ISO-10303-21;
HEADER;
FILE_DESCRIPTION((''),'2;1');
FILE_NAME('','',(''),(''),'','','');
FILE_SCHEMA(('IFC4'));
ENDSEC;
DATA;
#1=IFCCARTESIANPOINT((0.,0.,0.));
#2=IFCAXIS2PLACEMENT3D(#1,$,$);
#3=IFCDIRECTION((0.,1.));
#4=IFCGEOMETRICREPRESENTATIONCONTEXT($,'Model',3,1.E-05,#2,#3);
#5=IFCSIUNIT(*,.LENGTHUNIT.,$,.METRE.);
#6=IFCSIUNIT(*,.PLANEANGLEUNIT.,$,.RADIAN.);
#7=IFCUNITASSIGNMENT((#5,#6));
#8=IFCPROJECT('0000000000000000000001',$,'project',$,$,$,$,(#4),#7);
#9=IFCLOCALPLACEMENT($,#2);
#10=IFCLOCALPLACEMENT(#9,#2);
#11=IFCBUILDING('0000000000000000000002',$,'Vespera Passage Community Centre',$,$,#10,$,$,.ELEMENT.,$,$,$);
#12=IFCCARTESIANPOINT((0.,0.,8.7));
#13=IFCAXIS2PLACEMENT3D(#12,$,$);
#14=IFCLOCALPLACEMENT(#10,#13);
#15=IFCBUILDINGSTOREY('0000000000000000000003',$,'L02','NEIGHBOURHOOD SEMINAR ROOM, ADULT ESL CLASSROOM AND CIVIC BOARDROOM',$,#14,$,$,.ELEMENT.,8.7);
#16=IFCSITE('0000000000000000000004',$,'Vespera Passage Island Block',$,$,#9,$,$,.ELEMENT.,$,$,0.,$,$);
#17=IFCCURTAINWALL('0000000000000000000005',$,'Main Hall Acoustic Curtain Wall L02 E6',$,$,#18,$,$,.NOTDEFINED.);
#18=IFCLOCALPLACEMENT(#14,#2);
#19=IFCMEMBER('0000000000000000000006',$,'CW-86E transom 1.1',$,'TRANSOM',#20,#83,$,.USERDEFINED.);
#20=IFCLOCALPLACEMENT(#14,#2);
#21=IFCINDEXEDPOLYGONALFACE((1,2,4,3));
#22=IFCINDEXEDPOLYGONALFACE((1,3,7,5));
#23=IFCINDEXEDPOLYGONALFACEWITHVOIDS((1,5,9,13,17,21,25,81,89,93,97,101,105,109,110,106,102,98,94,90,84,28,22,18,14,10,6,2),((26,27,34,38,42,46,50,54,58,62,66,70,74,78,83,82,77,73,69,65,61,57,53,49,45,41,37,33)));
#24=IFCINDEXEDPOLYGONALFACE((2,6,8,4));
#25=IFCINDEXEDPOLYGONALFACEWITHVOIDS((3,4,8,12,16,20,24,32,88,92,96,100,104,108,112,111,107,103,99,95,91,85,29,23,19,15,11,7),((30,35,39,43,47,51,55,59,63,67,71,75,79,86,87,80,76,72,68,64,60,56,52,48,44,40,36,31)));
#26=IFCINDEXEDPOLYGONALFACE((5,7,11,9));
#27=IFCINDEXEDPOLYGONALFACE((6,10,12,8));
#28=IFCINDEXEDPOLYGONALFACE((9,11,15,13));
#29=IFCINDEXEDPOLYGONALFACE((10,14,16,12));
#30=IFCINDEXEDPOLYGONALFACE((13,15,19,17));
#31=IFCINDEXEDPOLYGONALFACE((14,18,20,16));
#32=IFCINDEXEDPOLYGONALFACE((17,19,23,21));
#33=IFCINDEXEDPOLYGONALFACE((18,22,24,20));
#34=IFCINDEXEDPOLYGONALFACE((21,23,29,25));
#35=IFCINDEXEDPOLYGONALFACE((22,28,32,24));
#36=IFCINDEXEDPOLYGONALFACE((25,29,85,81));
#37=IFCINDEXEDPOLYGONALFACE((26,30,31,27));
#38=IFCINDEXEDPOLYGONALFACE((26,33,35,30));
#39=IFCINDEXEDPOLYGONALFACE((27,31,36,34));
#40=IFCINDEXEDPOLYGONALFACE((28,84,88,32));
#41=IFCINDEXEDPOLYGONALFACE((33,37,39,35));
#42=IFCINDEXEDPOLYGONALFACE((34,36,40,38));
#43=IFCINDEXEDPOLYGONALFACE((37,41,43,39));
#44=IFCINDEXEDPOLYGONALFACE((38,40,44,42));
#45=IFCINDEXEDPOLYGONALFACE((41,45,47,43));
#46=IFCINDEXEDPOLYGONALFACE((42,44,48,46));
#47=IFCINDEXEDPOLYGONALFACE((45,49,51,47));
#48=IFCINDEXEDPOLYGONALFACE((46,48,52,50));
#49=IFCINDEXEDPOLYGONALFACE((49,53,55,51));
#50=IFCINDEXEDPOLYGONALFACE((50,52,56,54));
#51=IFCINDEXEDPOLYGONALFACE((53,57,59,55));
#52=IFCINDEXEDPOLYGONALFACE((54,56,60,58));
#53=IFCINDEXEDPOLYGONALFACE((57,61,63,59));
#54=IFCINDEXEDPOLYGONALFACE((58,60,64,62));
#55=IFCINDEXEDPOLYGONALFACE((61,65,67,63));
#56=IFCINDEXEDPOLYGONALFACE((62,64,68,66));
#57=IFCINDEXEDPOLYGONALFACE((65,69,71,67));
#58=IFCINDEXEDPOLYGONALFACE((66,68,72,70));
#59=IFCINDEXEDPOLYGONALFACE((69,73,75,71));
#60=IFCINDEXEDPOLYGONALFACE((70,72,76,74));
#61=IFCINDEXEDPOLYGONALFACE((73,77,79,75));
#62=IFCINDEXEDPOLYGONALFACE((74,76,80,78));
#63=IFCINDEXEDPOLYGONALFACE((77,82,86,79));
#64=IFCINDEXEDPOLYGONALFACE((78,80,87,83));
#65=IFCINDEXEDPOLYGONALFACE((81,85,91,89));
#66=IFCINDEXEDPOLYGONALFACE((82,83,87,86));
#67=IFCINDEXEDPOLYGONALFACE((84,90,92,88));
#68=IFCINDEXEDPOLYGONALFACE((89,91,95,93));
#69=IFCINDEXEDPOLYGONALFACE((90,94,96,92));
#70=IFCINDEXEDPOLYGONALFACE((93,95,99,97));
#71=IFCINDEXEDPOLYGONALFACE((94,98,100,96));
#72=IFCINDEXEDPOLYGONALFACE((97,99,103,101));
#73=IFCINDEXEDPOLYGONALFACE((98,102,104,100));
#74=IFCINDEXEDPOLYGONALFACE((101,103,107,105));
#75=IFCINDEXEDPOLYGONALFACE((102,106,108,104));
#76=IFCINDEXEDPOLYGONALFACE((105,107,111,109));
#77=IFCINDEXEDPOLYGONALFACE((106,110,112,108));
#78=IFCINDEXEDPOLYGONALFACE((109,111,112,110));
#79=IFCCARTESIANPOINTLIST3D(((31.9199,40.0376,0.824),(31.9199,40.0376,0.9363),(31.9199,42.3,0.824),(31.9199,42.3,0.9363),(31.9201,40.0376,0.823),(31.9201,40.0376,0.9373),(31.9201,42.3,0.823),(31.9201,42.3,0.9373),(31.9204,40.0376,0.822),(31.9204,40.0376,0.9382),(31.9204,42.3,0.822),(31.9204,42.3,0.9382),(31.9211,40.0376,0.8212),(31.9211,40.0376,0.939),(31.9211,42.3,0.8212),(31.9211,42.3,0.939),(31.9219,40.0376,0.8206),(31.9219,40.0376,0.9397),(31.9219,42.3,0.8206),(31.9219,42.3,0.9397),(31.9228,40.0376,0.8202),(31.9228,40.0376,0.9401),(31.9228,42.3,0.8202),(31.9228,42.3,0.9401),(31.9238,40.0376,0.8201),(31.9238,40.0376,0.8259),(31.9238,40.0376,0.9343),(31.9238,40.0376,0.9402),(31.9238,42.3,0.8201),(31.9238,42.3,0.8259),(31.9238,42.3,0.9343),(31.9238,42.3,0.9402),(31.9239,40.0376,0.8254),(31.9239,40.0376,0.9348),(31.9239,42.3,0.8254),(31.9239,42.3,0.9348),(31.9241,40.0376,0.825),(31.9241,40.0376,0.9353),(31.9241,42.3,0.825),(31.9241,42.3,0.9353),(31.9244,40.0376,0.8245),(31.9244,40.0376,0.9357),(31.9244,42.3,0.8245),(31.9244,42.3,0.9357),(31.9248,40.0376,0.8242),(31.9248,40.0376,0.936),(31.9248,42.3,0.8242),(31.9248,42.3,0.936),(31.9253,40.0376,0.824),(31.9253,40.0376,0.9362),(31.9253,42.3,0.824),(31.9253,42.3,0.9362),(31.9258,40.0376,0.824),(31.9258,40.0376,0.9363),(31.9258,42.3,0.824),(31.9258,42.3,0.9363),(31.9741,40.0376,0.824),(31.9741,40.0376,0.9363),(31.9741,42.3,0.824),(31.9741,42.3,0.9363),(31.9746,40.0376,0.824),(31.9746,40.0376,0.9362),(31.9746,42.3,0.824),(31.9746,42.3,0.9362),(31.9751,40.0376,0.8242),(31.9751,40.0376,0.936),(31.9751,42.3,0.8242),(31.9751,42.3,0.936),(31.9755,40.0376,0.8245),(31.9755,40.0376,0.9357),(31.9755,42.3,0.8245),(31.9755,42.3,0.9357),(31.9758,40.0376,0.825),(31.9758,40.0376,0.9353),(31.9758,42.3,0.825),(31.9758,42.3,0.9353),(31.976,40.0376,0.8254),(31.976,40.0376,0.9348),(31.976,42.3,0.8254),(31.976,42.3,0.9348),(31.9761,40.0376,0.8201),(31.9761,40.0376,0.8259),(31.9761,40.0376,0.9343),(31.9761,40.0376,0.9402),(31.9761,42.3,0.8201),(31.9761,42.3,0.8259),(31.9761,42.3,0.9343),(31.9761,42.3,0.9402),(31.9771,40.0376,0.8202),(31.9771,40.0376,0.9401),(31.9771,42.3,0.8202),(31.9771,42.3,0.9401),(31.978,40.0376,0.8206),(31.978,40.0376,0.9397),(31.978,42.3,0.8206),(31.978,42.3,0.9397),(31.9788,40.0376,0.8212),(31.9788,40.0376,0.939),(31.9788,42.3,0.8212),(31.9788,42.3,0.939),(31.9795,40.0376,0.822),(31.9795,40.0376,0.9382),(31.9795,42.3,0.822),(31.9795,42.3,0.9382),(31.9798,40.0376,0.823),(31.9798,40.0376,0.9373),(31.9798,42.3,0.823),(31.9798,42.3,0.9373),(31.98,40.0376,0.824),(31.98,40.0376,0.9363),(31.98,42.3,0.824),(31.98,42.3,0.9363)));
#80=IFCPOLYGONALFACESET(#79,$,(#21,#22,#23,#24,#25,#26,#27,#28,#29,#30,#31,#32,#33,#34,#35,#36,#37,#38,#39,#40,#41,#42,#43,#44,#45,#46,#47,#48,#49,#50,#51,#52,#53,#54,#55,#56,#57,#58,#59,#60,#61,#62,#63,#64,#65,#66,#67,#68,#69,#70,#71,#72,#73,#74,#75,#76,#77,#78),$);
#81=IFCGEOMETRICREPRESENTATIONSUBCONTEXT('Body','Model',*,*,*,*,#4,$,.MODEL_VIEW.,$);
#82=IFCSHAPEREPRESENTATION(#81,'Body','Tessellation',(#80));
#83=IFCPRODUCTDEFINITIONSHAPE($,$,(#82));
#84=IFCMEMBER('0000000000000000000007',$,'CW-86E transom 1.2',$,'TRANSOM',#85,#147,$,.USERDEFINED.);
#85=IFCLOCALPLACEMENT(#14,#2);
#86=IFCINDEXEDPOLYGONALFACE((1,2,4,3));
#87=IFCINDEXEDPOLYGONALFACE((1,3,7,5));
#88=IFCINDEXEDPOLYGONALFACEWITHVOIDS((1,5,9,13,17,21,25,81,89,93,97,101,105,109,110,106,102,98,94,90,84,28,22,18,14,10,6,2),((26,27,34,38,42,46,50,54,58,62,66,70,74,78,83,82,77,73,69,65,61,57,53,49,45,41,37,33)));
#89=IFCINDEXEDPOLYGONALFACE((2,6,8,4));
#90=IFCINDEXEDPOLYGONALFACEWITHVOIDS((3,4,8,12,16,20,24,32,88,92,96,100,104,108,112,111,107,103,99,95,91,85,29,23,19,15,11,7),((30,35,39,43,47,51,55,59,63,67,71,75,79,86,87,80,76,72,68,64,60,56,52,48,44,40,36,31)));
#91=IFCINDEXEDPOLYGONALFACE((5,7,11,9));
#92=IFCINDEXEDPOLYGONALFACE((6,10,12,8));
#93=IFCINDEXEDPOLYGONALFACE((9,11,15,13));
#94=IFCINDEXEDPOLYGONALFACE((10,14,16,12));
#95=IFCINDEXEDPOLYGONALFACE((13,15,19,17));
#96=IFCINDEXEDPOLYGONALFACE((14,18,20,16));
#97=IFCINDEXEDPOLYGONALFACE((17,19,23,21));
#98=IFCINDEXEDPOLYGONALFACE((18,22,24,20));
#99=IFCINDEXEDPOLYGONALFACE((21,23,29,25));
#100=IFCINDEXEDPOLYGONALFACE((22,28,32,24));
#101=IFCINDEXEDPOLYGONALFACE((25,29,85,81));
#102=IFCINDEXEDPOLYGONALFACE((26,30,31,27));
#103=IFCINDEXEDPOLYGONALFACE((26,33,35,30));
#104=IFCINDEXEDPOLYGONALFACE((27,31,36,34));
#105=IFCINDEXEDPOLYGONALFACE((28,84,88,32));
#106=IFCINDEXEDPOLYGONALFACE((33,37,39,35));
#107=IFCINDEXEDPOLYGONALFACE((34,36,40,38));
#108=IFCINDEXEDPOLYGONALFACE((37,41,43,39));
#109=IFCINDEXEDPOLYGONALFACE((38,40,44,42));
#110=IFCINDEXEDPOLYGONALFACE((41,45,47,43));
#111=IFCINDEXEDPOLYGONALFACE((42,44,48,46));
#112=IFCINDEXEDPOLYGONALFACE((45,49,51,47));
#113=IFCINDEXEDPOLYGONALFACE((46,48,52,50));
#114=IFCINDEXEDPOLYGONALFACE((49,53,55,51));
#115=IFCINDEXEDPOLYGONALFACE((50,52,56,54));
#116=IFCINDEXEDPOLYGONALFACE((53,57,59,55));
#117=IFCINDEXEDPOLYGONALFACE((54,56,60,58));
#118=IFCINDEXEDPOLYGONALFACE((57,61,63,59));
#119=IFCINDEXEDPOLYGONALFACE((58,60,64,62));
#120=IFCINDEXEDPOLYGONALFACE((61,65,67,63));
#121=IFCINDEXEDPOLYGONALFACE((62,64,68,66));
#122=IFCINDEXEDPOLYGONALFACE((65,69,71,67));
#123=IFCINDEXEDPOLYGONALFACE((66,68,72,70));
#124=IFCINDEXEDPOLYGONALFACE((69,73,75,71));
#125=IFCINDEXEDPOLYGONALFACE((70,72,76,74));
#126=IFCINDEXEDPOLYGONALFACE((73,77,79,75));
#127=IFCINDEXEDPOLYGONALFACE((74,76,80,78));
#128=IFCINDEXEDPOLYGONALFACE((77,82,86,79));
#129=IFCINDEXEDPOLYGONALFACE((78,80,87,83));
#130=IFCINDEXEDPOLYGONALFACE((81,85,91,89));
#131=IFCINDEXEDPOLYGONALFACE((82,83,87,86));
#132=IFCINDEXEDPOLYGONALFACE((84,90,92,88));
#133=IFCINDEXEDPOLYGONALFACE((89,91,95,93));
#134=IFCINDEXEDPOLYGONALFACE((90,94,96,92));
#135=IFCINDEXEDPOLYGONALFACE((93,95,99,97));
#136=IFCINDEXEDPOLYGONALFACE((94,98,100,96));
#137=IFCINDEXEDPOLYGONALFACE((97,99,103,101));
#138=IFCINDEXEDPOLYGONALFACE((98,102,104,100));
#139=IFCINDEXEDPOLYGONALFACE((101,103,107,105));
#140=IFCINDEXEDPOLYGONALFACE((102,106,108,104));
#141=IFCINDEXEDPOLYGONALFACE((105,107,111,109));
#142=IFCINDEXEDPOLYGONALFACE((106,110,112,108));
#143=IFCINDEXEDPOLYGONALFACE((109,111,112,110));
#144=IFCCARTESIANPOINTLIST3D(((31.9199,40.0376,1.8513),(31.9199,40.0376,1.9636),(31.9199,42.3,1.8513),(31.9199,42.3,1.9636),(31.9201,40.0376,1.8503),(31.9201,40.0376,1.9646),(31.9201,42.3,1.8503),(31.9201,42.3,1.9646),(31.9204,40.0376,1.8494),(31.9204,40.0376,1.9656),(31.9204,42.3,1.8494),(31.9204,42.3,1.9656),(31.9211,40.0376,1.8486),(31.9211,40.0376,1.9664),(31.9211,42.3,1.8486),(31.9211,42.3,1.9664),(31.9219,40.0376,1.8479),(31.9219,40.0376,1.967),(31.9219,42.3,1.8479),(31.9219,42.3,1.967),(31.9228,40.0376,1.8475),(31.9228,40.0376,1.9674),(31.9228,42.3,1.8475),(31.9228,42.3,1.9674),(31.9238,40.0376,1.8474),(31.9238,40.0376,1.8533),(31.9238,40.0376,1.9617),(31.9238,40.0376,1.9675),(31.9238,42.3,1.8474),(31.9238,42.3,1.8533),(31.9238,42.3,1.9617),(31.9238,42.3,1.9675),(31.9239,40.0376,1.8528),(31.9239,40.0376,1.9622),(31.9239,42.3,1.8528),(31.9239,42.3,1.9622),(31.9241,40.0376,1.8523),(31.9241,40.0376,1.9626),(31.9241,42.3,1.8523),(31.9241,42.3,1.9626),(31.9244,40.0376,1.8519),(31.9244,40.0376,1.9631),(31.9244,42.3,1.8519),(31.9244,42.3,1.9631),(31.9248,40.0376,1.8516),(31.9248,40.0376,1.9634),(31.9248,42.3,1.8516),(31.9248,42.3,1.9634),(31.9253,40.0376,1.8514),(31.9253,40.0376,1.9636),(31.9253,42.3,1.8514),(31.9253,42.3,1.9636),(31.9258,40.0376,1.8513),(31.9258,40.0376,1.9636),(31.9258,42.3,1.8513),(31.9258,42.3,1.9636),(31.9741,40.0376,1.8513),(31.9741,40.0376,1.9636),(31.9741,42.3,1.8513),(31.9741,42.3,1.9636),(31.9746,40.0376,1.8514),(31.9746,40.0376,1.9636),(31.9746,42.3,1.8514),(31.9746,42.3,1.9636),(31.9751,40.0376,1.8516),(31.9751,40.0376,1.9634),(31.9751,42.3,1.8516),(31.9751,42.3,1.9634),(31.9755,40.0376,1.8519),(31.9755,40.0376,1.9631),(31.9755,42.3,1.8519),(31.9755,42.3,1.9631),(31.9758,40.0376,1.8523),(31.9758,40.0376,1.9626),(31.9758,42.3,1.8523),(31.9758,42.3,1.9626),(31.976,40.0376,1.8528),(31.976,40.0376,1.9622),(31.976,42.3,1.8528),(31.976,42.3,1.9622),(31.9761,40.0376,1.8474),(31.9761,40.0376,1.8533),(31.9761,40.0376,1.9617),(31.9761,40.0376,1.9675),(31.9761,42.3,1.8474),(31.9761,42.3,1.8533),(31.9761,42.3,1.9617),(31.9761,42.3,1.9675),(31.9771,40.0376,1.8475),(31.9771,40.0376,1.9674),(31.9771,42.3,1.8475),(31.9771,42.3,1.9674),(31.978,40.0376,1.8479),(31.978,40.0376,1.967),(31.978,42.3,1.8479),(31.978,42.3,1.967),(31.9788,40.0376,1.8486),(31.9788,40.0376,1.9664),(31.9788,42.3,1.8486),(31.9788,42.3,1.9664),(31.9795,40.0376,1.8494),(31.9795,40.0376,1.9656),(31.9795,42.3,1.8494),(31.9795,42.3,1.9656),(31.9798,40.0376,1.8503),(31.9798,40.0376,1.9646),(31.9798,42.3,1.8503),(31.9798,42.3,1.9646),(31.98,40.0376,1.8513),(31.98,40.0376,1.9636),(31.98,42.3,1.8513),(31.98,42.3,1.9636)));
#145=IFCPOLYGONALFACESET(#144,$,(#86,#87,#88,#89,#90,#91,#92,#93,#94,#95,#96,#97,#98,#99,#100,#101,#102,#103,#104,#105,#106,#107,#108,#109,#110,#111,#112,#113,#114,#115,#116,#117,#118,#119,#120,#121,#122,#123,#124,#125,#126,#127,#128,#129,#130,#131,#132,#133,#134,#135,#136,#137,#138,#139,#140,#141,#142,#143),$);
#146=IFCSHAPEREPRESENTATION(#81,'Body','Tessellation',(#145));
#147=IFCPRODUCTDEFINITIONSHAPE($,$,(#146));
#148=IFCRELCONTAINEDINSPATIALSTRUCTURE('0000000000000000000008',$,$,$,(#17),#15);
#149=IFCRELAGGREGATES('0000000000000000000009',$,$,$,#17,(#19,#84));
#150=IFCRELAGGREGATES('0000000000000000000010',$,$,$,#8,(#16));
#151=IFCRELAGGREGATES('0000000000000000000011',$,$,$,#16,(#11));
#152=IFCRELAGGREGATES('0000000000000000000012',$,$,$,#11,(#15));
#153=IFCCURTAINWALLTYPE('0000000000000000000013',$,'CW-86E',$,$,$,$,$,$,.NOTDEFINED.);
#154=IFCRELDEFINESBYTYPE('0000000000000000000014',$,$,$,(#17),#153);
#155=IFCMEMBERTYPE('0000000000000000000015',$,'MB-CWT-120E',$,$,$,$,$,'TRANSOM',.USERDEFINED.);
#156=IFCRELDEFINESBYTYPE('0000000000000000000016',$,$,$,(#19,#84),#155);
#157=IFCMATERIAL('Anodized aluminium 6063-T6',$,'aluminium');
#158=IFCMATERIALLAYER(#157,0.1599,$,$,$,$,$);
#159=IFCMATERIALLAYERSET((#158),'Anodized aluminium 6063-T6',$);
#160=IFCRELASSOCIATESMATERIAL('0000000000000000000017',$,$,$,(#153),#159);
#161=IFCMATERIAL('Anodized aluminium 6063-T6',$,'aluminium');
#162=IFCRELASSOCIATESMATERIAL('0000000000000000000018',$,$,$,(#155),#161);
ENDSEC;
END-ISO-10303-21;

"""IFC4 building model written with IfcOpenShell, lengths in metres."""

from ifc_helpers import new_model, si_unit, direction, frame, origin, origin_2d, place, context, subcontext, project, spatial, hollow_rectangle, extrude, material, layer, layer_set, material_profile, profile_set, type_object, element, aggregate, save


model = new_model("IFC4")

# Units and contexts
model_context = context("Model", 3, precision=1e-05, world=origin(), true_north=direction((0.0, 1.0)))
body_context = subcontext(model_context, "Body", "Model", "MODEL_VIEW")
ifc_project = project(units=[si_unit("LENGTHUNIT", "METRE"), si_unit("PLANEANGLEUNIT", "RADIAN")], contexts=[model_context])

# Site, building, storey
site_placement = place(None, origin())
site = spatial("IfcSite", under=ifc_project, at=site_placement, Name="Vespera Passage Island Block", CompositionType="ELEMENT", RefElevation=0.0)
building_placement = place(site_placement, origin())
building = spatial("IfcBuilding", under=site, at=building_placement, Name="Vespera Passage Community Centre", CompositionType="ELEMENT")
storey_placement = place(building_placement, frame((0.0, 0.0, 8.7)))
storey = spatial("IfcBuildingStorey", under=building, at=storey_placement, Name="L02", Description="NEIGHBOURHOOD SEMINAR ROOM, ADULT ESL CLASSROOM AND CIVIC BOARDROOM", CompositionType="ELEMENT", Elevation=8.7)

# Curtain wall
ifc_material_1 = material(Name="Anodized aluminium 6063-T6", Category="aluminium")
ifc_layer_1 = layer(ifc_material_1, 0.1599)
ifc_layer_set_1 = layer_set([ifc_layer_1], Name="Anodized aluminium 6063-T6")
curtain_wall_type_1 = type_object("IfcCurtainWallType", Name="CW-86E", PredefinedType="NOTDEFINED", material=ifc_layer_set_1)
curtain_wall_1_placement = place(storey_placement, origin())
curtain_wall_1 = element("IfcCurtainWall", 1, at=curtain_wall_1_placement, inside=storey, type_object=curtain_wall_type_1, Name="Main Hall Acoustic Curtain Wall L02 E6", PredefinedType="NOTDEFINED")

# Members
ifc_material_2 = material(Name="Anodized aluminium 6063-T6", Category="aluminium")
ifc_material_profile_1 = material_profile(ifc_material_2, hollow_rectangle(XDim=0.0601, YDim=0.1201, WallThickness=0.0039, InnerFilletRadius=0.002, OuterFilletRadius=0.0039, at=origin_2d()), Name="ALU120X60X4")
ifc_profile_set_1 = profile_set([ifc_material_profile_1], Name="Anodized aluminium 6063-T6")
member_type_1 = type_object("IfcMemberType", Name="MB-CWT-120E", ElementType="TRANSOM", PredefinedType="USERDEFINED", material=ifc_profile_set_1)
member_1_placement = place(storey_placement, frame((31.95, 42.3, 0.8801), z_axis=(0.0, -1.0, 0.0), x_axis=(1.0, 0.0, 0.0)))
member_1 = element("IfcMember", 2, at=member_1_placement, type_object=member_type_1, Name="CW-86E transom 1.1", ObjectType="TRANSOM", PredefinedType="USERDEFINED", context=body_context, shape_type="SweptSolid", body=[
    extrude(hollow_rectangle(XDim=0.0601, YDim=0.1201, WallThickness=0.0039, InnerFilletRadius=0.002, OuterFilletRadius=0.0039, at=origin_2d()), origin(), (0.0, 0.0, 1.0), 2.2625),
])
member_2_placement = place(storey_placement, frame((31.95, 42.3, 1.9075), z_axis=(0.0, -1.0, 0.0), x_axis=(1.0, 0.0, 0.0)))
member_2 = element("IfcMember", 3, at=member_2_placement, type_object=member_type_1, Name="CW-86E transom 1.2", ObjectType="TRANSOM", PredefinedType="USERDEFINED", context=body_context, shape_type="SweptSolid", body=[
    extrude(hollow_rectangle(XDim=0.0601, YDim=0.1201, WallThickness=0.0039, InnerFilletRadius=0.002, OuterFilletRadius=0.0039, at=origin_2d()), origin(), (0.0, 0.0, 1.0), 2.2625),
])

aggregate(curtain_wall_1, [member_1, member_2])

save(model, "model.ifc")
